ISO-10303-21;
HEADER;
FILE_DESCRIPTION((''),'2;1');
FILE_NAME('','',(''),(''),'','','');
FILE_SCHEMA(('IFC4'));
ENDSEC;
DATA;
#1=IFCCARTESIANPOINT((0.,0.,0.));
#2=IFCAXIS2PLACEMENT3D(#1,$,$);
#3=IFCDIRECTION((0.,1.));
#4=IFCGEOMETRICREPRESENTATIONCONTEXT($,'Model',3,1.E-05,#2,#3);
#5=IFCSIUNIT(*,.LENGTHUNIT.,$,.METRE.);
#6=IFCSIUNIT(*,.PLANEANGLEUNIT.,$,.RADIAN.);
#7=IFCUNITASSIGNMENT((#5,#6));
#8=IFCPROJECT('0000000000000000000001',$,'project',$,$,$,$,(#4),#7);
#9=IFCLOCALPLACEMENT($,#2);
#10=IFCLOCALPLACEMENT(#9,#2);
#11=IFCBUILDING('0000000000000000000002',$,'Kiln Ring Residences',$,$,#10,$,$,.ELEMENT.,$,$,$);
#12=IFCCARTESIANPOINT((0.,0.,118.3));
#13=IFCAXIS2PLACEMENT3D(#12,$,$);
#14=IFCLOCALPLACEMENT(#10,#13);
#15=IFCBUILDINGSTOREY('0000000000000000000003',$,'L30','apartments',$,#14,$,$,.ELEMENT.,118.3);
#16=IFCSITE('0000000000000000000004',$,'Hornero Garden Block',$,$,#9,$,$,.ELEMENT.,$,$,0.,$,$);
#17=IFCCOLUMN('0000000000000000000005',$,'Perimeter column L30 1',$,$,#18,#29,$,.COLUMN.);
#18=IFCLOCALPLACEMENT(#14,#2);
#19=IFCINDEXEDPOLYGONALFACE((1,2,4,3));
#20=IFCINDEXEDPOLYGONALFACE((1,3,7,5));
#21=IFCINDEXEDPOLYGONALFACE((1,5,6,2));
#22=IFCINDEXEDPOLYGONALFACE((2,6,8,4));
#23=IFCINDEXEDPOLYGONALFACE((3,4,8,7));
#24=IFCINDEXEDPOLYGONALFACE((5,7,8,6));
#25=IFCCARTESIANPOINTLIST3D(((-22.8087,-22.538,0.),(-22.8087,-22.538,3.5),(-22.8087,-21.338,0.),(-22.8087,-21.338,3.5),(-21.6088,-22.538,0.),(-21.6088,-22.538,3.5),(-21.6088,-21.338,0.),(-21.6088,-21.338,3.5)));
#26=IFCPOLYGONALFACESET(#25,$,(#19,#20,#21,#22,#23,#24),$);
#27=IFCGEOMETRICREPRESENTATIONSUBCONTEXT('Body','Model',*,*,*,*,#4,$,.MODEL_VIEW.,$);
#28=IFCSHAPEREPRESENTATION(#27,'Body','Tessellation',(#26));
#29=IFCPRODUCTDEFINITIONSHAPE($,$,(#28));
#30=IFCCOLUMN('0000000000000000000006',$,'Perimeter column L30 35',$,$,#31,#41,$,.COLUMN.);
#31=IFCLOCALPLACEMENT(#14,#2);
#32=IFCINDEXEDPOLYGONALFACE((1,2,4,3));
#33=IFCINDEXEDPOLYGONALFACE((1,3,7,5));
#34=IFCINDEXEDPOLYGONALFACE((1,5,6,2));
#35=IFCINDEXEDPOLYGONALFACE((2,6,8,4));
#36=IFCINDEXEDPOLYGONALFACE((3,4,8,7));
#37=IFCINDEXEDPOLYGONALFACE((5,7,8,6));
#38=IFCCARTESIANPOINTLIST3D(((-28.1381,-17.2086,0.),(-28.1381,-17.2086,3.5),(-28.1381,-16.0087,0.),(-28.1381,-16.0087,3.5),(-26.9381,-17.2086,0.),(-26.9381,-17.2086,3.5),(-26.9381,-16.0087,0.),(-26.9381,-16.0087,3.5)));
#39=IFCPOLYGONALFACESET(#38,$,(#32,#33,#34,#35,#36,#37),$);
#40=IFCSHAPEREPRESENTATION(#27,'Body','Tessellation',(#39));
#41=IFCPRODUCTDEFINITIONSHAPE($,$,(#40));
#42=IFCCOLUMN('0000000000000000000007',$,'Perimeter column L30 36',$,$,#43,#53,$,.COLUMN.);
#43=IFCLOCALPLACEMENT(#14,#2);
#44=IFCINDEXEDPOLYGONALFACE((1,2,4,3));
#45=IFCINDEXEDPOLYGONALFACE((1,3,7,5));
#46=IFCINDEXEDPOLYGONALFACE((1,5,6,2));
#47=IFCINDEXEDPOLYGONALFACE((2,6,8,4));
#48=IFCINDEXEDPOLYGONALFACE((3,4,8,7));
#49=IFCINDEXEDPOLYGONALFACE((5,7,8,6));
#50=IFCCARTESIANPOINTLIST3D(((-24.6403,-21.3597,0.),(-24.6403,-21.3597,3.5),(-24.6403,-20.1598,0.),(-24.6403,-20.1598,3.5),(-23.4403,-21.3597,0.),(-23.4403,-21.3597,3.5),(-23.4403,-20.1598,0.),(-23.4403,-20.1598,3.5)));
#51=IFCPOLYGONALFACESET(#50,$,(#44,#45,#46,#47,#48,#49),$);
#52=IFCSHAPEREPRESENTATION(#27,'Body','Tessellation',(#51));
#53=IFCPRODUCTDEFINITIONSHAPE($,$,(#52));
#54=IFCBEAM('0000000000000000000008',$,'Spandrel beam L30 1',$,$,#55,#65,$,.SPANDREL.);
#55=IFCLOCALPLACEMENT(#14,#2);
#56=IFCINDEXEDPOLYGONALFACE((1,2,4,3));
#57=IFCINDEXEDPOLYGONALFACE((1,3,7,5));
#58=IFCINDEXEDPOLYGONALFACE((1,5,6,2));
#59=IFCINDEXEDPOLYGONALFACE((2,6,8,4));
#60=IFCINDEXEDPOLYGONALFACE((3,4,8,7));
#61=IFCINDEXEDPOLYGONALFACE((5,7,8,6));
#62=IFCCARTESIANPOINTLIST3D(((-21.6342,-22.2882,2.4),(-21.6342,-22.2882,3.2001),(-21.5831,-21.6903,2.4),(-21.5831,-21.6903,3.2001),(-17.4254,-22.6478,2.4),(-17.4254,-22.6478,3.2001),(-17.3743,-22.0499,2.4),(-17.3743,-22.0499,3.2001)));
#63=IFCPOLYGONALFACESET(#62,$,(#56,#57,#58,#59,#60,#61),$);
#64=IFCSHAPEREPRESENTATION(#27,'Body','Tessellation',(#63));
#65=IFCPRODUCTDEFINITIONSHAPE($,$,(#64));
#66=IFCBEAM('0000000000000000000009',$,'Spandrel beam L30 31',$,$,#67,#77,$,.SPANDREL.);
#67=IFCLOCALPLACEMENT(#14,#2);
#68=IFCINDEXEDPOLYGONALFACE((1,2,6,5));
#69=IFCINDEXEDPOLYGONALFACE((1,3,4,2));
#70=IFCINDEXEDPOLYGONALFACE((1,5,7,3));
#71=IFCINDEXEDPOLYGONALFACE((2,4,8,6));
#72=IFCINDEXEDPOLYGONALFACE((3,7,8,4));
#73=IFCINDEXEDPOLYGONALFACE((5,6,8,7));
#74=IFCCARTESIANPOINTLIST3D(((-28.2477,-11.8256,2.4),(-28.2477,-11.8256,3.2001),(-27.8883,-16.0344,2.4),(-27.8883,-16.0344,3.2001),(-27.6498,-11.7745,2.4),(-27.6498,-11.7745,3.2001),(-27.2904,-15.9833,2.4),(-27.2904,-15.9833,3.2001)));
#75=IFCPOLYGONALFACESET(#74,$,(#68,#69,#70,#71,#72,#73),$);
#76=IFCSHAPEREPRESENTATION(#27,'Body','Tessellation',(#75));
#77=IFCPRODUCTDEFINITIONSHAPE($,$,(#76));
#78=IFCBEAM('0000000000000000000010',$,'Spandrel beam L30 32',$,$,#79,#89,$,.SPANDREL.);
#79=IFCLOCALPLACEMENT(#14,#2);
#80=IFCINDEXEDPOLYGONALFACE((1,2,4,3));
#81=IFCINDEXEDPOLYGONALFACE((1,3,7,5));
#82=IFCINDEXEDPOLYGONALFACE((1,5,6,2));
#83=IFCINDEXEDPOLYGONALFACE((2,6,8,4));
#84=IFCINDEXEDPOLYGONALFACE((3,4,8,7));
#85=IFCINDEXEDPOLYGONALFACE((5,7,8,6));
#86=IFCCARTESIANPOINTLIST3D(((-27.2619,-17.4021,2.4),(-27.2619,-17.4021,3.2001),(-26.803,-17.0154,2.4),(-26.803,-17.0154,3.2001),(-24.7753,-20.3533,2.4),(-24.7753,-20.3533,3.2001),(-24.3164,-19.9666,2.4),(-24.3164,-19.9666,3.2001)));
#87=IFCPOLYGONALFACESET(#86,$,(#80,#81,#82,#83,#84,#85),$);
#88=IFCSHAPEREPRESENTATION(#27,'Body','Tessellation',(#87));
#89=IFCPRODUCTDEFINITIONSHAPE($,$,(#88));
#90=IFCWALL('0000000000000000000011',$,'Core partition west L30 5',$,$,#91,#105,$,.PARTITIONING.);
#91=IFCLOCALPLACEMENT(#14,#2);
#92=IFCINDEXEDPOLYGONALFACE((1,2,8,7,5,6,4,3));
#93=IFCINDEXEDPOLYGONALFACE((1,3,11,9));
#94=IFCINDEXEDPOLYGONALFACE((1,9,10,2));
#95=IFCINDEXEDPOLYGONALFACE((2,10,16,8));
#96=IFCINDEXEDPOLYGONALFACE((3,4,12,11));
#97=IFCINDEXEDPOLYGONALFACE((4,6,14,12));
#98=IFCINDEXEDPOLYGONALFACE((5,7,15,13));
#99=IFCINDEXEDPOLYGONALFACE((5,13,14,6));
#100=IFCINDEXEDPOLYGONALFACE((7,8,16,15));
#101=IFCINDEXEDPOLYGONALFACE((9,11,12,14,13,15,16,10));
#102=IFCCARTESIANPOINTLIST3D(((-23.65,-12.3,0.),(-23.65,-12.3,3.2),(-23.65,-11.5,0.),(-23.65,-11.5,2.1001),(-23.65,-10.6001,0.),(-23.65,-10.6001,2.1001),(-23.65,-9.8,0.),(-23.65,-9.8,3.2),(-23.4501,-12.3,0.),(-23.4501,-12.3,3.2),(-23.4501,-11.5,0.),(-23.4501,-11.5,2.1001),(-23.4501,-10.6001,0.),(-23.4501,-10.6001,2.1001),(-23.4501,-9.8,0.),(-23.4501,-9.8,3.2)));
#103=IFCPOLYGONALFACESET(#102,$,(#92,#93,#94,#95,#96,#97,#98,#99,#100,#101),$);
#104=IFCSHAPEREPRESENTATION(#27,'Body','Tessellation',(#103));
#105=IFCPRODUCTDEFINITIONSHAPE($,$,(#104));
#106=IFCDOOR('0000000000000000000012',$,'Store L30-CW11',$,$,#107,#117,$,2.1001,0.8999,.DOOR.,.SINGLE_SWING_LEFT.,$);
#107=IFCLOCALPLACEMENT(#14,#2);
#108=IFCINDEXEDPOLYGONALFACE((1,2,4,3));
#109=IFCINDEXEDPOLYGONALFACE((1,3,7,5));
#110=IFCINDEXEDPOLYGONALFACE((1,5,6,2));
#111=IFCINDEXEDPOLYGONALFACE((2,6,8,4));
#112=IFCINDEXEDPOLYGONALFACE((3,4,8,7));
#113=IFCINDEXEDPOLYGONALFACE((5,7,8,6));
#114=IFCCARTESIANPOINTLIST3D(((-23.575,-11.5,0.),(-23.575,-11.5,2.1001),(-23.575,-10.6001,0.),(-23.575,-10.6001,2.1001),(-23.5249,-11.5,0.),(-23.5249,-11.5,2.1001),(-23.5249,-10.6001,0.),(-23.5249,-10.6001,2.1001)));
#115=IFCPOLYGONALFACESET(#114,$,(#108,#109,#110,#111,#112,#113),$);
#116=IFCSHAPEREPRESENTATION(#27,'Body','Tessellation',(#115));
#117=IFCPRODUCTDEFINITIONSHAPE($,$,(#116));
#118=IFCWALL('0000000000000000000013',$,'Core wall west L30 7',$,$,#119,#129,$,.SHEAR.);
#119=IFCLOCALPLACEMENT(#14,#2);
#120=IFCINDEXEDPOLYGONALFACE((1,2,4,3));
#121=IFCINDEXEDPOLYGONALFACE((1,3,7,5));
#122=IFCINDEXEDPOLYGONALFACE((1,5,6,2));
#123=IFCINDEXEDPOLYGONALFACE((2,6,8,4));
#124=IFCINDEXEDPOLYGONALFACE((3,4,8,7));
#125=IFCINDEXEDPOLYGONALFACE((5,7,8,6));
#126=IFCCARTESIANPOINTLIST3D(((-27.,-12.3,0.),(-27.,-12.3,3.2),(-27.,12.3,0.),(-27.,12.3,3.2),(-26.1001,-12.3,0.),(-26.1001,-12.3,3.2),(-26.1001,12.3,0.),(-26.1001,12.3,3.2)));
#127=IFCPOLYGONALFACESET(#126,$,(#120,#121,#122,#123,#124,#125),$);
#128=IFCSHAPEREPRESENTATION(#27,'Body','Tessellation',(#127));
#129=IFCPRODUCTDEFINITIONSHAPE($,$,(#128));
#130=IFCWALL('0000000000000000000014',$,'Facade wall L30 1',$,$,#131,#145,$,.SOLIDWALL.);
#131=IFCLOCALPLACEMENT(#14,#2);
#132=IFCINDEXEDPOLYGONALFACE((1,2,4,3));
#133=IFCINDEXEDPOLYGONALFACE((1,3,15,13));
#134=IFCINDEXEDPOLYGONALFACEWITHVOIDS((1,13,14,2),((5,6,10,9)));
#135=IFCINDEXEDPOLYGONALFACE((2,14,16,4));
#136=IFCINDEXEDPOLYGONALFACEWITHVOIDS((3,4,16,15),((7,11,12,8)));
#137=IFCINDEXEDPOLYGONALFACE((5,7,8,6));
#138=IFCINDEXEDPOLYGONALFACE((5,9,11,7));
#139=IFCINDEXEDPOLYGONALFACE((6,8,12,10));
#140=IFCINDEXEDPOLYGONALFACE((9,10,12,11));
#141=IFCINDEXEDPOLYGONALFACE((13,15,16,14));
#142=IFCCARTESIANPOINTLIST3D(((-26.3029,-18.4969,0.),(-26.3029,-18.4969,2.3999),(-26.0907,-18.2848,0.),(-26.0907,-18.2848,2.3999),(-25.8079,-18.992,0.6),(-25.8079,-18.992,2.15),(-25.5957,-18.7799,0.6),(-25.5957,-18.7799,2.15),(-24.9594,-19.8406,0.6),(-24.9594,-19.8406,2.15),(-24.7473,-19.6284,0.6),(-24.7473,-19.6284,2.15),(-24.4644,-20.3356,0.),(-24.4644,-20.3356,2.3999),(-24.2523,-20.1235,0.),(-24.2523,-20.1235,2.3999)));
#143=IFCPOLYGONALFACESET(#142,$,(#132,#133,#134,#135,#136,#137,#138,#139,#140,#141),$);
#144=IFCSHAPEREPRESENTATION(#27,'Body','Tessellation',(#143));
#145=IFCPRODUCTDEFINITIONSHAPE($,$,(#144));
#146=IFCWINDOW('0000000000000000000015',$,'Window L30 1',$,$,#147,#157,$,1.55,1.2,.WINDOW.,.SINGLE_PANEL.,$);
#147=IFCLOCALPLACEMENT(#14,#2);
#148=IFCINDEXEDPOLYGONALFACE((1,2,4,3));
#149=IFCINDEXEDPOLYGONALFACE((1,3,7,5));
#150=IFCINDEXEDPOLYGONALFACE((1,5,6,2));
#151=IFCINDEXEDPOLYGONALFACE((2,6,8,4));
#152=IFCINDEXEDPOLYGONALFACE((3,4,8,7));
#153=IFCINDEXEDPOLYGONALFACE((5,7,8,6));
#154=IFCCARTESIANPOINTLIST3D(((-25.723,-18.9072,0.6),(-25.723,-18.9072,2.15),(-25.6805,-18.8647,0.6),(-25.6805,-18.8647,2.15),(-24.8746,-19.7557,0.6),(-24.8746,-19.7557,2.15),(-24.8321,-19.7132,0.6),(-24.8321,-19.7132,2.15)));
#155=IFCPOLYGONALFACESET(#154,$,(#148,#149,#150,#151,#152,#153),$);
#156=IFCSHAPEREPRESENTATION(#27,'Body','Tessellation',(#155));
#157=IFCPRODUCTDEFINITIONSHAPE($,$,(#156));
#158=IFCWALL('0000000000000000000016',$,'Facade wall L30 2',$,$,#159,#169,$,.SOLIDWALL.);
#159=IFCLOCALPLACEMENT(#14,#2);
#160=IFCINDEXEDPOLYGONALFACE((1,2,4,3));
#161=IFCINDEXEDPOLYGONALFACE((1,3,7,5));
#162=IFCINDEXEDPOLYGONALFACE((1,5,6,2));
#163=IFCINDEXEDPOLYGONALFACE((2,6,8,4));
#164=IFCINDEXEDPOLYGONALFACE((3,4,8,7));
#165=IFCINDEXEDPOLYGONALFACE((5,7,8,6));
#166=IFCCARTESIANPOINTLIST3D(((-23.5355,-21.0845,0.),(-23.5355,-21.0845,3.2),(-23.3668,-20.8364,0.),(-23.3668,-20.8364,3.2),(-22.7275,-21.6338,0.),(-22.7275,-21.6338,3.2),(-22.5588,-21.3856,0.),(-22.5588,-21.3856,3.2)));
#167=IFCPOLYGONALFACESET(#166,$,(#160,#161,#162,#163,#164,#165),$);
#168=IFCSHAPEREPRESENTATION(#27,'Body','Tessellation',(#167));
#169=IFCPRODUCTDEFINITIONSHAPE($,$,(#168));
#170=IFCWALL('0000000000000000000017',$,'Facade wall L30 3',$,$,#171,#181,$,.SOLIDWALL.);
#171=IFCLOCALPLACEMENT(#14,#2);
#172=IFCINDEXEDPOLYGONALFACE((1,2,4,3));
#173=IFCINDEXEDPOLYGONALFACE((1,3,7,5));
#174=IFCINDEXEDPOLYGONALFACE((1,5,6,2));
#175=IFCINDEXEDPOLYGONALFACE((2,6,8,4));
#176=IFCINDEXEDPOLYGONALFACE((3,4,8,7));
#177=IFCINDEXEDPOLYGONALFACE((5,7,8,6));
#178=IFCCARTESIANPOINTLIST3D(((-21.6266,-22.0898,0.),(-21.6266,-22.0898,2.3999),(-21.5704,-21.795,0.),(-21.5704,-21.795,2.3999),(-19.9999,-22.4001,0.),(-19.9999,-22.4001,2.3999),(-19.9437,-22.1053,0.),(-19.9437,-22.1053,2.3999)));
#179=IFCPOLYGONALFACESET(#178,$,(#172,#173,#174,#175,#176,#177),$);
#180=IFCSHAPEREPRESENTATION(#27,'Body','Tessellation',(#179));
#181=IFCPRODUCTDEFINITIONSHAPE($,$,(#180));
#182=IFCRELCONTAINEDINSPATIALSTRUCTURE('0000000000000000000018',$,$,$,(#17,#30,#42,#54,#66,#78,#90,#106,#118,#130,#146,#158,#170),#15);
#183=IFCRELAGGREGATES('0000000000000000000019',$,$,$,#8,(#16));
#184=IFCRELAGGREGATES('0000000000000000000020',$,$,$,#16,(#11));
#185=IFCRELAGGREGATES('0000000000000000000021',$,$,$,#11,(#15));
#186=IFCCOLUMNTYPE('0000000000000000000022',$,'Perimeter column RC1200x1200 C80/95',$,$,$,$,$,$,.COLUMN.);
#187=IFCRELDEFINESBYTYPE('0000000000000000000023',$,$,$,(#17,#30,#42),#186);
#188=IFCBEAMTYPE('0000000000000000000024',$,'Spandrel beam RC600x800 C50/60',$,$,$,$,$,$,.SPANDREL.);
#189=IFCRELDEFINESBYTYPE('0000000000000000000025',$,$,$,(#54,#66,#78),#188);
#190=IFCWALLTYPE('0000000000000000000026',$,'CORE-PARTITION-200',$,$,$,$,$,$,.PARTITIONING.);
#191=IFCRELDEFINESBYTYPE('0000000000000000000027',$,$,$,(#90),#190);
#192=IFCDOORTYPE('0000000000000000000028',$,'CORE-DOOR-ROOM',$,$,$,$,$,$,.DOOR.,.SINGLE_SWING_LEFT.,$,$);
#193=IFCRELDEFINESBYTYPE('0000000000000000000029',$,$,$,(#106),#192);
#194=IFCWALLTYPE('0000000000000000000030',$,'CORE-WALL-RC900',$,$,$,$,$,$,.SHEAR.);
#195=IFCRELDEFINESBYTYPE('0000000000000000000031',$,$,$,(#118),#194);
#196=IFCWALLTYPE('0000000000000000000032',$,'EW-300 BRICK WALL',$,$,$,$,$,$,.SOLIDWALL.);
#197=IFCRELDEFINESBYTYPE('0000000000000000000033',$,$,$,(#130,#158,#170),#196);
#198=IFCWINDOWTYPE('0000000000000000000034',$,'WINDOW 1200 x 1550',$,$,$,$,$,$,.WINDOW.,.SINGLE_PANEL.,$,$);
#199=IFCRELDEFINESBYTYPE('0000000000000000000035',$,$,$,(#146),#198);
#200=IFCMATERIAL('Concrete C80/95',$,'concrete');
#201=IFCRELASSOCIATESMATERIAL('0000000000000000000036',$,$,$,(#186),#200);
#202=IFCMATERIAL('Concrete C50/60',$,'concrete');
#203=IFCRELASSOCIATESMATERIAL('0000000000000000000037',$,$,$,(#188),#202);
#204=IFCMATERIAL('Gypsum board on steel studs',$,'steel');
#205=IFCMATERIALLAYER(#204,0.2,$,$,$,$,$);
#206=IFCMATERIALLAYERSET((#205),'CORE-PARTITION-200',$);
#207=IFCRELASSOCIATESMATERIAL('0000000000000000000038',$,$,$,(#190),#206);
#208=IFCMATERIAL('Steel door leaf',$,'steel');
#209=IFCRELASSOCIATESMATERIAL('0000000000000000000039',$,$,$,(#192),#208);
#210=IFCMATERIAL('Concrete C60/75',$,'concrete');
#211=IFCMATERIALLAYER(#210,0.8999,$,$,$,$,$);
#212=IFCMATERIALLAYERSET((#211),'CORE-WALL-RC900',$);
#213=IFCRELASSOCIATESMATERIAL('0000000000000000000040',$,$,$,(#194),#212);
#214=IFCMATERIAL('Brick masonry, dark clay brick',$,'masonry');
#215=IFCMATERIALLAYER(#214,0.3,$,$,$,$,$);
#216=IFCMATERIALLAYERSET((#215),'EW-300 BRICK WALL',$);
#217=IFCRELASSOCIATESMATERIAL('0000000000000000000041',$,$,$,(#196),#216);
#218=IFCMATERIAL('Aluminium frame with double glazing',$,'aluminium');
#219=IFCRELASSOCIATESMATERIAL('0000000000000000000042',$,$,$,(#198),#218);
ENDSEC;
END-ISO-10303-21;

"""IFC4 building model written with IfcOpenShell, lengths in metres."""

from ifc_helpers import new_model, si_unit, direction, frame, frame_2d, origin, origin_2d, place, context, subcontext, project, spatial, rectangle, extrude, material, layer, layer_set, material_profile, profile_set, type_object, element, fill, save


model = new_model("IFC4")

# Units and contexts
model_context = context("Model", 3, precision=1e-05, world=origin(), true_north=direction((0.0, 1.0)))
body_context = subcontext(model_context, "Body", "Model", "MODEL_VIEW")
ifc_project = project(units=[si_unit("LENGTHUNIT", "METRE"), si_unit("PLANEANGLEUNIT", "RADIAN")], contexts=[model_context])

# Site, building, storey
site_placement = place(None, origin())
site = spatial("IfcSite", under=ifc_project, at=site_placement, Name="Hornero Garden Block", CompositionType="ELEMENT", RefElevation=0.0)
building_placement = place(site_placement, origin())
building = spatial("IfcBuilding", under=site, at=building_placement, Name="Kiln Ring Residences", CompositionType="ELEMENT")
storey_placement = place(building_placement, frame((0.0, 0.0, 118.3)))
storey = spatial("IfcBuildingStorey", under=building, at=storey_placement, Name="L30", Description="apartments", CompositionType="ELEMENT", Elevation=118.3)

# Columns
ifc_material_1 = material(Name="Concrete C80/95", Category="concrete")
ifc_material_profile_1 = material_profile(ifc_material_1, rectangle(XDim=1.2, YDim=1.2, at=origin_2d()), Name="RC1200x1200")
ifc_profile_set_1 = profile_set([ifc_material_profile_1], Name="Concrete C80/95")
column_type = type_object("IfcColumnType", Name="Perimeter column RC1200x1200 C80/95", PredefinedType="COLUMN", material=ifc_profile_set_1)
for number, where, z_axis, x_axis, name in (
    (1, (-22.2087, -21.938, 0.0), (0.0, 0.0, 1.0), (1.0, 0.0, 0.0), "Perimeter column L30 1"),
    (2, (-27.5381, -16.6086, 0.0), (0.0, 0.0, 1.0), (1.0, 0.0, 0.0), "Perimeter column L30 35"),
    (3, (-24.0403, -20.7598, 0.0), (0.0, 0.0, 1.0), (1.0, 0.0, 0.0), "Perimeter column L30 36"),
):
    element("IfcColumn", number, at=place(storey_placement, frame(where, z_axis=z_axis, x_axis=x_axis)), inside=storey, type_object=column_type, Name=name, PredefinedType="COLUMN", context=body_context, shape_type="SweptSolid", body=[
        extrude(rectangle(XDim=1.2, YDim=1.2, at=origin_2d()), origin(), (0.0, 0.0, 1.0), 3.5),
    ])

# Beams
ifc_material_2 = material(Name="Concrete C50/60", Category="concrete")
ifc_material_profile_2 = material_profile(ifc_material_2, rectangle(XDim=0.6001, YDim=0.8, at=origin_2d()), Name="RC600x800")
ifc_profile_set_2 = profile_set([ifc_material_profile_2], Name="Concrete C50/60")
beam_type = type_object("IfcBeamType", Name="Spandrel beam RC600x800 C50/60", PredefinedType="SPANDREL", material=ifc_profile_set_2)
for number, where, z_axis, x_axis, name in (
    (4, (-21.6086, -21.9893, 2.8), (0.996369, -0.085136, 0.0), (0.085136, 0.996369, 0.0), "Spandrel beam L30 1"),
    (5, (-27.9487, -11.8, 2.8), (0.085078, -0.996374, 0.0), (0.996374, 0.085078, 0.0), "Spandrel beam L30 31"),
):
    element("IfcBeam", number, at=place(storey_placement, frame(where, z_axis=z_axis, x_axis=x_axis)), inside=storey, type_object=beam_type, Name=name, PredefinedType="SPANDREL", context=body_context, shape_type="SweptSolid", body=[
        extrude(rectangle(XDim=0.6001, YDim=0.8, at=origin_2d()), origin(), (0.0, 0.0, 1.0), 4.2241),
    ])
beam_placement = place(storey_placement, frame((-27.0325, -17.2087, 2.8), z_axis=(0.644344, -0.764736, 0.0), x_axis=(0.764736, 0.644344, 0.0)))
element("IfcBeam", 6, at=beam_placement, inside=storey, type_object=beam_type, Name="Spandrel beam L30 32", PredefinedType="SPANDREL", context=body_context, shape_type="SweptSolid", body=[
    extrude(rectangle(XDim=0.6001, YDim=0.8, at=origin_2d()), origin(), (0.0, 0.0, 1.0), 3.8591),
])

# Wall, opening, door
ifc_material_3 = material(Name="Gypsum board on steel studs", Category="steel")
ifc_layer_1 = layer(ifc_material_3, 0.2)
ifc_layer_set_1 = layer_set([ifc_layer_1], Name="CORE-PARTITION-200")
wall_type_1 = type_object("IfcWallType", Name="CORE-PARTITION-200", PredefinedType="PARTITIONING", material=ifc_layer_set_1)
wall_1_placement = place(storey_placement, frame((-23.55, -12.3, 0.0), z_axis=(0.0, 0.0, 1.0), x_axis=(0.0, 1.0, 0.0)))
wall_1 = element("IfcWall", 7, at=wall_1_placement, inside=storey, type_object=wall_type_1, Name="Core partition west L30 5", PredefinedType="PARTITIONING", context=body_context, shape_type="SweptSolid", body=[
    extrude(rectangle(XDim=2.5, YDim=0.2, at=frame_2d((1.25, 0.0))), origin(), (0.0, 0.0, 1.0), 3.2),
])
opening_1_placement = place(wall_1_placement, frame((0.8, 0.0, 0.0)))
opening_1 = element("IfcOpeningElement", 8, at=opening_1_placement, cuts=wall_1, PredefinedType="OPENING", context=body_context, shape_type="SweptSolid", body=[
    extrude(rectangle(XDim=0.8999, YDim=2.1001, at=frame_2d((0.45, 1.05))), frame((0.0, 0.1099, 0.0), z_axis=(0.0, -1.0, 0.0), x_axis=(1.0, 0.0, 0.0)), (0.0, 0.0, 1.0), 0.22),
])
ifc_material_4 = material(Name="Steel door leaf", Category="steel")
door_type_1 = type_object("IfcDoorType", Name="CORE-DOOR-ROOM", OperationType="SINGLE_SWING_LEFT", PredefinedType="DOOR", material=ifc_material_4)
door_1_placement = place(opening_1_placement, origin())
door_1 = element("IfcDoor", 9, at=door_1_placement, inside=storey, type_object=door_type_1, Name="Store L30-CW11", OperationType="SINGLE_SWING_LEFT", OverallHeight=2.1001, OverallWidth=0.8999, PredefinedType="DOOR", context=body_context, shape_type="SweptSolid", body=[
    extrude(rectangle(XDim=0.8999, YDim=2.1001, at=frame_2d((0.45, 1.05))), frame((0.0, 0.0249, 0.0), z_axis=(0.0, -1.0, 0.0), x_axis=(1.0, 0.0, 0.0)), (0.0, 0.0, 1.0), 0.05),
])
fill(opening_1, door_1)

# Wall
ifc_material_5 = material(Name="Concrete C60/75", Category="concrete")
ifc_layer_2 = layer(ifc_material_5, 0.8999)
ifc_layer_set_2 = layer_set([ifc_layer_2], Name="CORE-WALL-RC900")
wall_type_2 = type_object("IfcWallType", Name="CORE-WALL-RC900", PredefinedType="SHEAR", material=ifc_layer_set_2)
wall_2_placement = place(storey_placement, frame((-26.55, -12.3, 0.0), z_axis=(0.0, 0.0, 1.0), x_axis=(0.0, 1.0, 0.0)))
element("IfcWall", 10, at=wall_2_placement, inside=storey, type_object=wall_type_2, Name="Core wall west L30 7", PredefinedType="SHEAR", context=body_context, shape_type="SweptSolid", body=[
    extrude(rectangle(XDim=24.6001, YDim=0.8999, at=frame_2d((12.3, 0.0))), origin(), (0.0, 0.0, 1.0), 3.2),
])

# Wall, opening, window
ifc_material_6 = material(Name="Brick masonry, dark clay brick", Category="masonry")
ifc_layer_3 = layer(ifc_material_6, 0.3)
ifc_layer_set_3 = layer_set([ifc_layer_3], Name="EW-300 BRICK WALL")
wall_type_3 = type_object("IfcWallType", Name="EW-300 BRICK WALL", PredefinedType="SOLIDWALL", material=ifc_layer_set_3)
wall_3_placement = place(storey_placement, frame((-26.1968, -18.3909, 0.0), z_axis=(0.0, 0.0, 1.0), x_axis=(0.70706, -0.707154, 0.0)))
wall_3 = element("IfcWall", 11, at=wall_3_placement, inside=storey, type_object=wall_type_3, Name="Facade wall L30 1", PredefinedType="SOLIDWALL", context=body_context, shape_type="SweptSolid", body=[
    extrude(rectangle(XDim=2.6001, YDim=0.3, at=frame_2d((1.3, 0.0))), origin(), (0.0, 0.0, 1.0), 2.3999),
])
opening_2_placement = place(wall_3_placement, frame((0.7, 0.0, 0.6001)))
opening_2 = element("IfcOpeningElement", 12, at=opening_2_placement, cuts=wall_3, PredefinedType="OPENING", context=body_context, shape_type="SweptSolid", body=[
    extrude(rectangle(XDim=1.2, YDim=1.55, at=frame_2d((0.6001, 0.7749))), frame((0.0, 0.1599, 0.0), z_axis=(0.0, -1.0, 0.0), x_axis=(1.0, 0.0, 0.0)), (0.0, 0.0, 1.0), 0.3201),
])
ifc_material_7 = material(Name="Aluminium frame with double glazing", Category="aluminium")
window_type_1 = type_object("IfcWindowType", Name="WINDOW 1200 x 1550", PartitioningType="SINGLE_PANEL", PredefinedType="WINDOW", material=ifc_material_7)
window_1_placement = place(opening_2_placement, origin())
window_1 = element("IfcWindow", 13, at=window_1_placement, inside=storey, type_object=window_type_1, Name="Window L30 1", OverallHeight=1.55, OverallWidth=1.2, PartitioningType="SINGLE_PANEL", PredefinedType="WINDOW", context=body_context, shape_type="SweptSolid", body=[
    extrude(rectangle(XDim=1.2, YDim=1.55, at=frame_2d((0.6001, 0.7749))), frame((0.0, 0.03, 0.0), z_axis=(0.0, -1.0, 0.0), x_axis=(1.0, 0.0, 0.0)), (0.0, 0.0, 1.0), 0.0601),
])
fill(opening_2, window_1)

# Walls
wall_4_placement = place(storey_placement, frame((-23.4512, -20.9604, 0.0), z_axis=(0.0, 0.0, 1.0), x_axis=(0.827019, -0.562173, 0.0)))
element("IfcWall", 14, at=wall_4_placement, inside=storey, type_object=wall_type_3, Name="Facade wall L30 2", PredefinedType="SOLIDWALL", context=body_context, shape_type="SweptSolid", body=[
    extrude(rectangle(XDim=0.9771, YDim=0.3, at=frame_2d((0.4885, 0.0))), origin(), (0.0, 0.0, 1.0), 3.2),
])
wall_5_placement = place(storey_placement, frame((-21.5986, -21.9424, 0.0), z_axis=(0.0, 0.0, 1.0), x_axis=(0.982288, -0.187376, 0.0)))
element("IfcWall", 15, at=wall_5_placement, inside=storey, type_object=wall_type_3, Name="Facade wall L30 3", PredefinedType="SOLIDWALL", context=body_context, shape_type="SweptSolid", body=[
    extrude(rectangle(XDim=1.656, YDim=0.3, at=frame_2d((0.8281, 0.0))), origin(), (0.0, 0.0, 1.0), 2.3999),
])

save(model, "model.ifc")
